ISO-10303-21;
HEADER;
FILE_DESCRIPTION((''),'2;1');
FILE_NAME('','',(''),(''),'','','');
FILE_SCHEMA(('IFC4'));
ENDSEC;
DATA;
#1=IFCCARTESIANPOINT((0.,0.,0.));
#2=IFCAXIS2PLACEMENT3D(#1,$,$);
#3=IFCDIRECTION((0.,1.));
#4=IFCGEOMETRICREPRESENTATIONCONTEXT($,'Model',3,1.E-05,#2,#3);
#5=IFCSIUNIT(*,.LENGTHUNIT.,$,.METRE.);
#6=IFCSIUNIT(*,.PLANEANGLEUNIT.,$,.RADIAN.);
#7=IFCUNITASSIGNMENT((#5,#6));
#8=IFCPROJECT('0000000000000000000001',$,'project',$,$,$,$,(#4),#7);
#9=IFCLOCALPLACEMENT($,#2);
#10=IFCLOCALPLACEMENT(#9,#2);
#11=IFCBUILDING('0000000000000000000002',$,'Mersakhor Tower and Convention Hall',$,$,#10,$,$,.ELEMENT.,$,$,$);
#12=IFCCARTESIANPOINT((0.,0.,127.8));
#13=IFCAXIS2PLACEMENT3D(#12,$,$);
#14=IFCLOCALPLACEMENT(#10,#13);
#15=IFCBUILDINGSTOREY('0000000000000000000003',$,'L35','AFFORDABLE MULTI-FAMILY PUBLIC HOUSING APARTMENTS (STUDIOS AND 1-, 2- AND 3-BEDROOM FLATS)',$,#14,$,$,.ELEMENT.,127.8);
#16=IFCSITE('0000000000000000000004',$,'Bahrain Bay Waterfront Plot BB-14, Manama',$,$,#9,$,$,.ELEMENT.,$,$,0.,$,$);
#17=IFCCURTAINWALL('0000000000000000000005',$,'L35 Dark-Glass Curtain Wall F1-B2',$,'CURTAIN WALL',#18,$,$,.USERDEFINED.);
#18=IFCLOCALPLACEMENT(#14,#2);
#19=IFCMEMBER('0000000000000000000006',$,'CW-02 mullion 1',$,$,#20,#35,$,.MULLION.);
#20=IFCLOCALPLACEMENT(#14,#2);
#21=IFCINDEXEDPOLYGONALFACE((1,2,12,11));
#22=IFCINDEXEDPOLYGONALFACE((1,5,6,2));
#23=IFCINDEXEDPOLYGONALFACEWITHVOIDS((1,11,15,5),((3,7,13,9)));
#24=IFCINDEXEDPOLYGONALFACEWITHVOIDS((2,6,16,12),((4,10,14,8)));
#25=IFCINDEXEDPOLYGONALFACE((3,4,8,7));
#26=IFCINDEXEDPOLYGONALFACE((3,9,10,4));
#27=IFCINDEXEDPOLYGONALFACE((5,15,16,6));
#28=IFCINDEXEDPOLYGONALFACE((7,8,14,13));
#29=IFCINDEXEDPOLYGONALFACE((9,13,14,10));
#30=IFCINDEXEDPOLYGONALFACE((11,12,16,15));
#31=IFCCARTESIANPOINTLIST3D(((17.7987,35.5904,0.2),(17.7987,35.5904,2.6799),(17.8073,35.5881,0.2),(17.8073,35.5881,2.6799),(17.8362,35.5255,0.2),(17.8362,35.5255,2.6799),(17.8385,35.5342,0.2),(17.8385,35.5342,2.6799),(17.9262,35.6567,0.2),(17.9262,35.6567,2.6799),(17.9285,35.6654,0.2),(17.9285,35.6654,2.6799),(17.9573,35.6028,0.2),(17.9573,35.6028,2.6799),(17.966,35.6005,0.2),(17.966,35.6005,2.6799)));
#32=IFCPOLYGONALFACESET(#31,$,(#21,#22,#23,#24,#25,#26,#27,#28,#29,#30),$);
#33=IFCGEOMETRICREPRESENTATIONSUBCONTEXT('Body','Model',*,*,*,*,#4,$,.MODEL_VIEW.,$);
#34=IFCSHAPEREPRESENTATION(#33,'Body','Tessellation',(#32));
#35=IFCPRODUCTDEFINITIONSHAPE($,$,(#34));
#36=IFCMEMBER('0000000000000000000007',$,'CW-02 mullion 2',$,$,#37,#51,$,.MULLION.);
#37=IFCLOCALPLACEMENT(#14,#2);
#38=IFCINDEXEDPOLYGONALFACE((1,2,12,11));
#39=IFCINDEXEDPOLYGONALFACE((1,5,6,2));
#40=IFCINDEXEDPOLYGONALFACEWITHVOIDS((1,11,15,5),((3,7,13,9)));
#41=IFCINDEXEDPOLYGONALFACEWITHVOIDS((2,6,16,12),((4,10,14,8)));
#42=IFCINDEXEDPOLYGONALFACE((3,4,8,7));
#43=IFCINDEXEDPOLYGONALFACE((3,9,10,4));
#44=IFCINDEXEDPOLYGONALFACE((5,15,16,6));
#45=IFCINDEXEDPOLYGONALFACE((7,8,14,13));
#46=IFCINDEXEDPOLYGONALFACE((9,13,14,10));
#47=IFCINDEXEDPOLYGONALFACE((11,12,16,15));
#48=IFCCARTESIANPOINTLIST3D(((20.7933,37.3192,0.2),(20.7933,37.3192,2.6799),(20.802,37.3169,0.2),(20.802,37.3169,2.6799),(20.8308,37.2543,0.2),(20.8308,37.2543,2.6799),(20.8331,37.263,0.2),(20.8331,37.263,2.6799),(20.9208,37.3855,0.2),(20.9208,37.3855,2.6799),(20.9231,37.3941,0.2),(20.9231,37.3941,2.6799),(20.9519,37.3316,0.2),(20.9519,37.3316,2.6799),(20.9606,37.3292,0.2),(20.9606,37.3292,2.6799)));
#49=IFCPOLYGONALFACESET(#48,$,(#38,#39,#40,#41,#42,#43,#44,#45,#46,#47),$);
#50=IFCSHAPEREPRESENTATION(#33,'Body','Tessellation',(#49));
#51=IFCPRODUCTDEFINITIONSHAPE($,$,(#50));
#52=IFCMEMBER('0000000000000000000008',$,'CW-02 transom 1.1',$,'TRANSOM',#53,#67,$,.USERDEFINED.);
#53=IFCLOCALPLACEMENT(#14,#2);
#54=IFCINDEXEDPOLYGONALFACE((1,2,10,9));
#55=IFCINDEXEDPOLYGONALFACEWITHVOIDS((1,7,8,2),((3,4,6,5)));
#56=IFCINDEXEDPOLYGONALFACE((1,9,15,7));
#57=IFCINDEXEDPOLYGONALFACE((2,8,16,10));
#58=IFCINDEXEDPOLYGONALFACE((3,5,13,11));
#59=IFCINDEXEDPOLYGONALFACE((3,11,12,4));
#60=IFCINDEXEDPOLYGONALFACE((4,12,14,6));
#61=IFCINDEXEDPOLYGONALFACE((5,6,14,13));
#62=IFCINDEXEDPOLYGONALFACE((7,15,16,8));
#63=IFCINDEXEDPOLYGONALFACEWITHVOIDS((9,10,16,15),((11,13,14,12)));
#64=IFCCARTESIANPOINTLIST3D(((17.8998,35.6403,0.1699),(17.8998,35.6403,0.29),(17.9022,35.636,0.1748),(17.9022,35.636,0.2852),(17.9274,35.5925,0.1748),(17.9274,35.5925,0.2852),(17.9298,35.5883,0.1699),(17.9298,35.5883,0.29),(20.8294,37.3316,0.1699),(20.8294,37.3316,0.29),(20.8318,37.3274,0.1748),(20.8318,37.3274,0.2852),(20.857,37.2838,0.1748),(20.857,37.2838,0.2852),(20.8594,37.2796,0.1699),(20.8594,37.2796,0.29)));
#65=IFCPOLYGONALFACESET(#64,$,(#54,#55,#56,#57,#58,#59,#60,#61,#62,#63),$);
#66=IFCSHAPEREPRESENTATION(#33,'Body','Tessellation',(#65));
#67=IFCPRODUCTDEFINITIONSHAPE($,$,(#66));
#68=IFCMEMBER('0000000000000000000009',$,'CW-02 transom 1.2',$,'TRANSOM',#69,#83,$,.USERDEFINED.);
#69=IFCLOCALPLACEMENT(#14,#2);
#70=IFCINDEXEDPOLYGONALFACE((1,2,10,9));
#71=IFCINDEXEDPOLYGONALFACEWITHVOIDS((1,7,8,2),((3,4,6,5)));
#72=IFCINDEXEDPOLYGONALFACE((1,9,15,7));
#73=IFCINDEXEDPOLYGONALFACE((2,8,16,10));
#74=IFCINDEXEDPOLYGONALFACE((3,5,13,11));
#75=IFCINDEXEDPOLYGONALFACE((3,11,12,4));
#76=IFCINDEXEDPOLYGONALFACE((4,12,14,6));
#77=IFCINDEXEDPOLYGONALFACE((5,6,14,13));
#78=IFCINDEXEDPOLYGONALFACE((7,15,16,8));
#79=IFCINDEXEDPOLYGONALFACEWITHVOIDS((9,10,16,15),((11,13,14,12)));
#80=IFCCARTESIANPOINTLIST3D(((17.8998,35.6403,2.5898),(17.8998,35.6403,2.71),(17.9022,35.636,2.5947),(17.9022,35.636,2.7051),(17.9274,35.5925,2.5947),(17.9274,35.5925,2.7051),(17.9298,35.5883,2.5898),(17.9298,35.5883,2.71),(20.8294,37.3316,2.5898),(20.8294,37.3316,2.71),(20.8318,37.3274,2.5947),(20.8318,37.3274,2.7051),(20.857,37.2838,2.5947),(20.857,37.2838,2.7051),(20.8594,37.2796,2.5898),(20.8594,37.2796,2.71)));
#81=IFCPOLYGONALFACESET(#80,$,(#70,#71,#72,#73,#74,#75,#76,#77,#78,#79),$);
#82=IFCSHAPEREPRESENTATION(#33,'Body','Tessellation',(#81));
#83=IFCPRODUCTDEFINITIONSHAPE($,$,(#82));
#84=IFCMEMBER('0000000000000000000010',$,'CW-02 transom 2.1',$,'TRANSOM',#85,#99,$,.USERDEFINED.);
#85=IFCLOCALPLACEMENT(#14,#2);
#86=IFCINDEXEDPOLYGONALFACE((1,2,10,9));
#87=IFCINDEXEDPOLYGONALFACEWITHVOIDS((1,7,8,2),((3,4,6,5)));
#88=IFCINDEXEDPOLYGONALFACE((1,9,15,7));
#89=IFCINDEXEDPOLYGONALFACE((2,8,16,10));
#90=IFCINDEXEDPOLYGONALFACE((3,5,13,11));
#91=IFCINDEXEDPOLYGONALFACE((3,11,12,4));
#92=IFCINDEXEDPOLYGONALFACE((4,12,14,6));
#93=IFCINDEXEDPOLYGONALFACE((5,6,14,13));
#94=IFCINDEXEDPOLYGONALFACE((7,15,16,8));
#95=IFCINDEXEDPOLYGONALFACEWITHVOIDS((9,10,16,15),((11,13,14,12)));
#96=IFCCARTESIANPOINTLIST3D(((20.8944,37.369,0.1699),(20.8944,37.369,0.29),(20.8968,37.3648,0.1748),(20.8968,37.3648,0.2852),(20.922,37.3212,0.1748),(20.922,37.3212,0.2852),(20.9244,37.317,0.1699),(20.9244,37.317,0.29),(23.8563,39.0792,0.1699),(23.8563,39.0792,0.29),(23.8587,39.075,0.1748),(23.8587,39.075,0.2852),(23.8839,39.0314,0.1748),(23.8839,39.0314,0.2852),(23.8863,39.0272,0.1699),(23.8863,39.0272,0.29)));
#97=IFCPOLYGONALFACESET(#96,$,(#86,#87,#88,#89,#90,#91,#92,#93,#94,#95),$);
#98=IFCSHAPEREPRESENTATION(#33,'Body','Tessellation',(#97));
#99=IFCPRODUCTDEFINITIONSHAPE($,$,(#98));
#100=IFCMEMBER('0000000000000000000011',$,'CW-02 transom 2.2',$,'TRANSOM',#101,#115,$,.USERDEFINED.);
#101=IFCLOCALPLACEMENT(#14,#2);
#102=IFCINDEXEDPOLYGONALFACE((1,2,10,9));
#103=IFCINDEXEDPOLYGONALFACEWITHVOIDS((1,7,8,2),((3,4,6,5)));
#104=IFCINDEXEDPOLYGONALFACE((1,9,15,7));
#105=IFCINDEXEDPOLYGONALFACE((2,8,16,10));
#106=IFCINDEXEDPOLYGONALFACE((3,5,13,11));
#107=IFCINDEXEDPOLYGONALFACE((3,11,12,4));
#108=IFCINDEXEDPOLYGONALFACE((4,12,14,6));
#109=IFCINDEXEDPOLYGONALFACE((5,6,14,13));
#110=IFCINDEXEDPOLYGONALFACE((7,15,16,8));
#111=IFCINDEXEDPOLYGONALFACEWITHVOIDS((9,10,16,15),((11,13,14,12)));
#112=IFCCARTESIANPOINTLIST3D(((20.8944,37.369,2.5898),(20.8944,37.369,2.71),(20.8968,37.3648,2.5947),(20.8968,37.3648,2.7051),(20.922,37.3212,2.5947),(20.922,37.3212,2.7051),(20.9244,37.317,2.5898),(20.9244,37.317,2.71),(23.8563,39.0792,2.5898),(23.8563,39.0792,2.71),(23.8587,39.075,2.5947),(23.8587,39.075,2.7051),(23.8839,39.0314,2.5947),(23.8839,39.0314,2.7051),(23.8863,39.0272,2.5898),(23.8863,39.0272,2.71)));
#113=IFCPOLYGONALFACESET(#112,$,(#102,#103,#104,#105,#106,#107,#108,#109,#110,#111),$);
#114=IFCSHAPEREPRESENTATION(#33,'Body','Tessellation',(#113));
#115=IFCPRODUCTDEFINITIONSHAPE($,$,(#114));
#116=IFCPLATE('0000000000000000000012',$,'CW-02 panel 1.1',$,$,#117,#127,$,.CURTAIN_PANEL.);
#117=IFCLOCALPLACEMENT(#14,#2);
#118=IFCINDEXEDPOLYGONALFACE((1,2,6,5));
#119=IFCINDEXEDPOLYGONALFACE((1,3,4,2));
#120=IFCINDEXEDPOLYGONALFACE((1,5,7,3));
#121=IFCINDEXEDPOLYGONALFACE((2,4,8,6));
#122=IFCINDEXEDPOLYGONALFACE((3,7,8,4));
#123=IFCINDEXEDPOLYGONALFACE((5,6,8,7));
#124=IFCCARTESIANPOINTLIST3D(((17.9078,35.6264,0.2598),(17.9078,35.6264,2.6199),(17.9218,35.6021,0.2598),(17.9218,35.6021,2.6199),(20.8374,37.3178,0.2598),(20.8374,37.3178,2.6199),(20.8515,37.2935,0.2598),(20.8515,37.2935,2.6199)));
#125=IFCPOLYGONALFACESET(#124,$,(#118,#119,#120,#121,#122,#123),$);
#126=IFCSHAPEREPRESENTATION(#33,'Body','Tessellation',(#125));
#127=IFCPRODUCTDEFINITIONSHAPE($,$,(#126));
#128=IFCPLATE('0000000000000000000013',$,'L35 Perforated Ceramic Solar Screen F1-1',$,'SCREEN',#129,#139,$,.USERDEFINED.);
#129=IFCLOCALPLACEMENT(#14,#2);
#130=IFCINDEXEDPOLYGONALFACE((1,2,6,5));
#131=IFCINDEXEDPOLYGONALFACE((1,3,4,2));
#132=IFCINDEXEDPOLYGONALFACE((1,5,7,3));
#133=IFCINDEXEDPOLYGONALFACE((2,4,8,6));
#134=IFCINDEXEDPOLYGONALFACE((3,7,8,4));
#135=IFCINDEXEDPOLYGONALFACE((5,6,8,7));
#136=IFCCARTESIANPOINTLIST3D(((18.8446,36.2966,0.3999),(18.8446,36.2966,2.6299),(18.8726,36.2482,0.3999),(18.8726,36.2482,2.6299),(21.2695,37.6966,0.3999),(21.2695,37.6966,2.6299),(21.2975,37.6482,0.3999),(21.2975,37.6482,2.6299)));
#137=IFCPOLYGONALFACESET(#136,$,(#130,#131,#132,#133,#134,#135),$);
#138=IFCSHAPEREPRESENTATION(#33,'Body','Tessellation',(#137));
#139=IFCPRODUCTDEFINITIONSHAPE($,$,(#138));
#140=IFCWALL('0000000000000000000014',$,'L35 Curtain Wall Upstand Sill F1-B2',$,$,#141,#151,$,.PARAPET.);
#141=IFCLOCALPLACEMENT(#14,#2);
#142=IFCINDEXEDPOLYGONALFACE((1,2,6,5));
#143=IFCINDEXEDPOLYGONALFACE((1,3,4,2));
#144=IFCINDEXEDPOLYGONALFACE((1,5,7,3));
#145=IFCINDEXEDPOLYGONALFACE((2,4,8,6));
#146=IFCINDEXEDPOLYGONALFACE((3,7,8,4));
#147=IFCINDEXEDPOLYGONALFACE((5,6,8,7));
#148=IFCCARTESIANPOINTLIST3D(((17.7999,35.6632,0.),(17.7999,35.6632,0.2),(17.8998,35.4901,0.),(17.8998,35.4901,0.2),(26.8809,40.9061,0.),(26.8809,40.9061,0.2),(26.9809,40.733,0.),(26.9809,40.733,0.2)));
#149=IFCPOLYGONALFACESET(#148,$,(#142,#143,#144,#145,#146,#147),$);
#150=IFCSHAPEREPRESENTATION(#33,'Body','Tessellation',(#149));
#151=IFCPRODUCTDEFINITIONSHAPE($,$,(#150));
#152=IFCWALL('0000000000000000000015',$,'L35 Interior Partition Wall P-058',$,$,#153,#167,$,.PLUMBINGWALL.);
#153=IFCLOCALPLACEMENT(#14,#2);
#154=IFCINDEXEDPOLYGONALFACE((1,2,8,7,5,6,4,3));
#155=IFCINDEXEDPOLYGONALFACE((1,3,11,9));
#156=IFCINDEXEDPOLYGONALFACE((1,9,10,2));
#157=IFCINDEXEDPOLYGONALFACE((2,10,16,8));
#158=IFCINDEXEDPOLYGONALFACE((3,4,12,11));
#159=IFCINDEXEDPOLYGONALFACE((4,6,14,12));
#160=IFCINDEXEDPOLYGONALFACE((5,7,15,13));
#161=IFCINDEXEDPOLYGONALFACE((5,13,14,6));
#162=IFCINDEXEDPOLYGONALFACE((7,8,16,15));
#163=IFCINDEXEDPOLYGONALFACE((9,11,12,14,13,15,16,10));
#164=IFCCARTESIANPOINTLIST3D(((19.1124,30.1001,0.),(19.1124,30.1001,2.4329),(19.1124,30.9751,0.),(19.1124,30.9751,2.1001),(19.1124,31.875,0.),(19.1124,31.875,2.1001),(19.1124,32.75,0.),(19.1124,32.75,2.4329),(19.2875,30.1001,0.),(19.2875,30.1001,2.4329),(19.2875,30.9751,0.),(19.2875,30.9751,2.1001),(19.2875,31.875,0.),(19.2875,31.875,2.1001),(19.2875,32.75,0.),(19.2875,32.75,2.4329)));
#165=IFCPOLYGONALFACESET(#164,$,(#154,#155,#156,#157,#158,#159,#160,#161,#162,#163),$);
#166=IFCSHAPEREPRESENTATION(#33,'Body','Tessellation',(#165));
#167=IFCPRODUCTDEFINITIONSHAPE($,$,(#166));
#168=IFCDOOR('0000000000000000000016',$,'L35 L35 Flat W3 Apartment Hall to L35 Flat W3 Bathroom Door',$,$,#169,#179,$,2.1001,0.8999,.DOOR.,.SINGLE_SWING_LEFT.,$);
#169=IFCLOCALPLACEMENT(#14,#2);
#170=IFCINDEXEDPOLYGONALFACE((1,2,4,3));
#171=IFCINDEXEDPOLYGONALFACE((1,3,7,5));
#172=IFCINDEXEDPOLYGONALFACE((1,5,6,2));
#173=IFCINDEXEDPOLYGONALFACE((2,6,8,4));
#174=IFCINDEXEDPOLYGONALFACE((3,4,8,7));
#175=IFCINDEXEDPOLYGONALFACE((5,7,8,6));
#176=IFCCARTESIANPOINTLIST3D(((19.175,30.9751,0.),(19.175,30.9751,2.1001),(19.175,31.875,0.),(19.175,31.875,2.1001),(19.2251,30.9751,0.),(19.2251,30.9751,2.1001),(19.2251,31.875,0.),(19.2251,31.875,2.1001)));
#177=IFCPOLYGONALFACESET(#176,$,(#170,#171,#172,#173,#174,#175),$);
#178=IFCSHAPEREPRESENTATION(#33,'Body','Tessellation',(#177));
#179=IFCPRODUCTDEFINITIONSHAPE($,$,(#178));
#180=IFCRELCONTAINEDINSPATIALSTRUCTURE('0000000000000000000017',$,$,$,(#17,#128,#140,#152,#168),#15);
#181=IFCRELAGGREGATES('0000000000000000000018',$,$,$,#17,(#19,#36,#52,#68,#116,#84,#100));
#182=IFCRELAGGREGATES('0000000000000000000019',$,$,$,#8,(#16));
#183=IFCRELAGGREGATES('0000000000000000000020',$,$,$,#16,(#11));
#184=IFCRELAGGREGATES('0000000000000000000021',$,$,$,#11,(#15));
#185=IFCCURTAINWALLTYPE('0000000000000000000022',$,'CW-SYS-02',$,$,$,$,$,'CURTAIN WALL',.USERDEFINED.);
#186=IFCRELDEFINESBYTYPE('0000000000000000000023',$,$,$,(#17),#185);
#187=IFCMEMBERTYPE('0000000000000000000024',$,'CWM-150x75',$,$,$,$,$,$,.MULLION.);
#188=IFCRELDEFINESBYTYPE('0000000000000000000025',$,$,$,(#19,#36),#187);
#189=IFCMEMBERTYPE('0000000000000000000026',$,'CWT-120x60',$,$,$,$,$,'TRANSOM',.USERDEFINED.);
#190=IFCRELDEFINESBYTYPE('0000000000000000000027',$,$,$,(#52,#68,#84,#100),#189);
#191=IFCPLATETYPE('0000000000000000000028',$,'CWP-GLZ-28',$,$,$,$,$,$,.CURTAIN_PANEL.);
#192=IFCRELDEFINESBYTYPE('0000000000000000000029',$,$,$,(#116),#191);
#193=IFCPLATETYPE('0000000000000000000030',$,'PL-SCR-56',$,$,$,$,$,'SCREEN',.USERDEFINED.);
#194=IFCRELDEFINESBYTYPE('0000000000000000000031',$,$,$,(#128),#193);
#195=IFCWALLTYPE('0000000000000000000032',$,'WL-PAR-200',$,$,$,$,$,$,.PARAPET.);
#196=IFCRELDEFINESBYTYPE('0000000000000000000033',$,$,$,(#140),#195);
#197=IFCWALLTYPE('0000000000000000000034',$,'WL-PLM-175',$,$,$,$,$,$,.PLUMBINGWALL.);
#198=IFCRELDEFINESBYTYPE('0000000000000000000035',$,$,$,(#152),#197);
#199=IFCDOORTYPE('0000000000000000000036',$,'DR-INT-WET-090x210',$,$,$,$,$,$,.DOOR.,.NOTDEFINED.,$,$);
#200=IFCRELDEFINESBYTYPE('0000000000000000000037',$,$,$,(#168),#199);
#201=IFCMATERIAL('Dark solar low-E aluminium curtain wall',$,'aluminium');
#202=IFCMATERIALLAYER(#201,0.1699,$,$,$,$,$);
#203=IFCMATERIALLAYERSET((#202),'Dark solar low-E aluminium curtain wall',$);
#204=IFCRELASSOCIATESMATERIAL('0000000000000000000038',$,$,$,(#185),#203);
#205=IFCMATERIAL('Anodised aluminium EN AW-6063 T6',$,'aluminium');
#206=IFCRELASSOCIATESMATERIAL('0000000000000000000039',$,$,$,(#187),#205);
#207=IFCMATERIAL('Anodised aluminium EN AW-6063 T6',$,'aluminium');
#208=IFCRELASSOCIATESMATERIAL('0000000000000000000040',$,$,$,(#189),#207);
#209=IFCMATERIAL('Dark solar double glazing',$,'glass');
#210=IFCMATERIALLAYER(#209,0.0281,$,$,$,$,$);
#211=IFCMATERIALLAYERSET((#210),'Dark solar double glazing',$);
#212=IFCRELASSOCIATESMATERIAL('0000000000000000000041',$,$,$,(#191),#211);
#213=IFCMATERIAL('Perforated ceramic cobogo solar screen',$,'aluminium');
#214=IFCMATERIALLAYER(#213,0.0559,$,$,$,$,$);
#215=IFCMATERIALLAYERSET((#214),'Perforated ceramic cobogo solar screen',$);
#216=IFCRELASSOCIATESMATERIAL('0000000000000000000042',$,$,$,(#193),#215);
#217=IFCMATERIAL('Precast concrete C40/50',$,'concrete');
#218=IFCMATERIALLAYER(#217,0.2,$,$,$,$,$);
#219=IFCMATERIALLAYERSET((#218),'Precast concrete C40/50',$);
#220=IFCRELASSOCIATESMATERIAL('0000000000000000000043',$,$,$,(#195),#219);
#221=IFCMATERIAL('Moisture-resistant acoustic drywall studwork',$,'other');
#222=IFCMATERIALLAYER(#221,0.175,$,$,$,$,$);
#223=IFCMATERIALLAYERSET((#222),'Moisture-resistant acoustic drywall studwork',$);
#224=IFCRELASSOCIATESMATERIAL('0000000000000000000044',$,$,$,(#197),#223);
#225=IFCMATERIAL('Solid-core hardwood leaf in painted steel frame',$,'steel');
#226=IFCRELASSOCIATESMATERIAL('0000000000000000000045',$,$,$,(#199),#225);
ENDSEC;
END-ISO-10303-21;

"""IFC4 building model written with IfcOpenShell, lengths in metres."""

from ifc_helpers import new_model, si_unit, direction, frame, frame_2d, origin, origin_2d, place, context, subcontext, project, spatial, rectangle, hollow_rectangle, extrude, material, layer, layer_set, material_profile, profile_set, type_object, element, fill, aggregate, save


model = new_model("IFC4")

# Units and contexts
model_context = context("Model", 3, precision=1e-05, world=origin(), true_north=direction((0.0, 1.0)))
body_context = subcontext(model_context, "Body", "Model", "MODEL_VIEW")
ifc_project = project(units=[si_unit("LENGTHUNIT", "METRE"), si_unit("PLANEANGLEUNIT", "RADIAN")], contexts=[model_context])

# Site, building, storey
site_placement = place(None, origin())
site = spatial("IfcSite", under=ifc_project, at=site_placement, Name="Bahrain Bay Waterfront Plot BB-14, Manama", CompositionType="ELEMENT", RefElevation=0.0)
building_placement = place(site_placement, origin())
building = spatial("IfcBuilding", under=site, at=building_placement, Name="Mersakhor Tower and Convention Hall", CompositionType="ELEMENT")
storey_placement = place(building_placement, frame((0.0, 0.0, 127.8)))
storey = spatial("IfcBuildingStorey", under=building, at=storey_placement, Name="L35", Description="AFFORDABLE MULTI-FAMILY PUBLIC HOUSING APARTMENTS (STUDIOS AND 1-, 2- AND 3-BEDROOM FLATS)", CompositionType="ELEMENT", Elevation=127.8)

# Curtain wall, members, plate
ifc_material_1 = material(Name="Dark solar low-E aluminium curtain wall", Category="aluminium")
ifc_layer_1 = layer(ifc_material_1, 0.1699)
ifc_layer_set_1 = layer_set([ifc_layer_1], Name="Dark solar low-E aluminium curtain wall")
curtain_wall_type = type_object("IfcCurtainWallType", Name="CW-SYS-02", ElementType="CURTAIN WALL", PredefinedType="USERDEFINED", material=ifc_layer_set_1)
curtain_wall_placement = place(storey_placement, origin())
curtain_wall = element("IfcCurtainWall", 1, at=curtain_wall_placement, inside=storey, type_object=curtain_wall_type, Name="L35 Dark-Glass Curtain Wall F1-B2", ObjectType="CURTAIN WALL", PredefinedType="USERDEFINED")
ifc_material_2 = material(Name="Anodised aluminium EN AW-6063 T6", Category="aluminium")
ifc_material_profile_1 = material_profile(ifc_material_2, hollow_rectangle(XDim=0.075, YDim=0.1499, WallThickness=0.0063, at=origin_2d()), Name="RHS 150x75x6.3")
ifc_profile_set_1 = profile_set([ifc_material_profile_1], Name="Anodised aluminium EN AW-6063 T6")
member_type_1 = type_object("IfcMemberType", Name="CWM-150x75", PredefinedType="MULLION", material=ifc_profile_set_1)
member_1_placement = place(storey_placement, frame((17.8823, 35.5955, 0.2), z_axis=(0.0, 0.0, 1.0), x_axis=(-0.49999, 0.866031, 0.0)))
member_1 = element("IfcMember", 2, at=member_1_placement, type_object=member_type_1, Name="CW-02 mullion 1", PredefinedType="MULLION", context=body_context, shape_type="SweptSolid", body=[
    extrude(hollow_rectangle(XDim=0.075, YDim=0.1499, WallThickness=0.0063, at=origin_2d()), origin(), (0.0, 0.0, 1.0), 2.48),
])
member_2_placement = place(storey_placement, frame((20.877, 37.3242, 0.2), z_axis=(0.0, 0.0, 1.0), x_axis=(-0.49999, 0.866031, 0.0)))
member_2 = element("IfcMember", 3, at=member_2_placement, type_object=member_type_1, Name="CW-02 mullion 2", PredefinedType="MULLION", context=body_context, shape_type="SweptSolid", body=[
    extrude(hollow_rectangle(XDim=0.075, YDim=0.1499, WallThickness=0.0063, at=origin_2d()), origin(), (0.0, 0.0, 1.0), 2.48),
])
ifc_material_3 = material(Name="Anodised aluminium EN AW-6063 T6", Category="aluminium")
ifc_material_profile_2 = material_profile(ifc_material_3, hollow_rectangle(XDim=0.0601, YDim=0.1201, WallThickness=0.0049, at=origin_2d()), Name="RHS 120x60x5")
ifc_profile_set_2 = profile_set([ifc_material_profile_2], Name="Anodised aluminium EN AW-6063 T6")
member_type_2 = type_object("IfcMemberType", Name="CWT-120x60", ElementType="TRANSOM", PredefinedType="USERDEFINED", material=ifc_profile_set_2)
member_3_placement = place(storey_placement, frame((17.9148, 35.6143, 0.23), z_axis=(0.866032, 0.499989, 0.0), x_axis=(-0.499989, 0.866032, 0.0)))
member_3 = element("IfcMember", 4, at=member_3_placement, type_object=member_type_2, Name="CW-02 transom 1.1", ObjectType="TRANSOM", PredefinedType="USERDEFINED", context=body_context, shape_type="SweptSolid", body=[
    extrude(hollow_rectangle(XDim=0.0601, YDim=0.1201, WallThickness=0.0049, at=origin_2d()), origin(), (0.0, 0.0, 1.0), 3.3828),
])
member_4_placement = place(storey_placement, frame((17.9148, 35.6143, 2.6499), z_axis=(0.866032, 0.499989, 0.0), x_axis=(-0.499989, 0.866032, 0.0)))
member_4 = element("IfcMember", 5, at=member_4_placement, type_object=member_type_2, Name="CW-02 transom 1.2", ObjectType="TRANSOM", PredefinedType="USERDEFINED", context=body_context, shape_type="SweptSolid", body=[
    extrude(hollow_rectangle(XDim=0.0601, YDim=0.1201, WallThickness=0.0049, at=origin_2d()), origin(), (0.0, 0.0, 1.0), 3.3828),
])
member_5_placement = place(storey_placement, frame((20.9094, 37.343, 0.23), z_axis=(0.866007, 0.500031, 0.0), x_axis=(-0.500031, 0.866007, 0.0)))
member_5 = element("IfcMember", 6, at=member_5_placement, type_object=member_type_2, Name="CW-02 transom 2.1", ObjectType="TRANSOM", PredefinedType="USERDEFINED", context=body_context, shape_type="SweptSolid", body=[
    extrude(hollow_rectangle(XDim=0.0601, YDim=0.1201, WallThickness=0.0049, at=origin_2d()), origin(), (0.0, 0.0, 1.0), 3.4202),
])
member_6_placement = place(storey_placement, frame((20.9094, 37.343, 2.6499), z_axis=(0.866007, 0.500031, 0.0), x_axis=(-0.500031, 0.866007, 0.0)))
member_6 = element("IfcMember", 7, at=member_6_placement, type_object=member_type_2, Name="CW-02 transom 2.2", ObjectType="TRANSOM", PredefinedType="USERDEFINED", context=body_context, shape_type="SweptSolid", body=[
    extrude(hollow_rectangle(XDim=0.0601, YDim=0.1201, WallThickness=0.0049, at=origin_2d()), origin(), (0.0, 0.0, 1.0), 3.4202),
])
ifc_material_4 = material(Name="Dark solar double glazing", Category="glass")
ifc_layer_2 = layer(ifc_material_4, 0.0281)
ifc_layer_set_2 = layer_set([ifc_layer_2], Name="Dark solar double glazing")
plate_type_1 = type_object("IfcPlateType", Name="CWP-GLZ-28", PredefinedType="CURTAIN_PANEL", material=ifc_layer_set_2)
plate_1_placement = place(storey_placement, frame((19.3796, 36.46, 0.2598), z_axis=(0.0, 0.0, 1.0), x_axis=(0.866031, 0.49999, 0.0)))
plate_1 = element("IfcPlate", 8, at=plate_1_placement, type_object=plate_type_1, Name="CW-02 panel 1.1", PredefinedType="CURTAIN_PANEL", context=body_context, shape_type="SweptSolid", body=[
    extrude(rectangle(XDim=3.3828, YDim=0.0281, at=origin_2d()), origin(), (0.0, 0.0, 1.0), 2.3601),
])
aggregate(curtain_wall, [member_1, member_2, member_3, member_4, plate_1, member_5, member_6])

# Plate
ifc_material_5 = material(Name="Perforated ceramic cobogo solar screen", Category="aluminium")
ifc_layer_3 = layer(ifc_material_5, 0.0559)
ifc_layer_set_3 = layer_set([ifc_layer_3], Name="Perforated ceramic cobogo solar screen")
plate_type_2 = type_object("IfcPlateType", Name="PL-SCR-56", ElementType="SCREEN", PredefinedType="USERDEFINED", material=ifc_layer_set_3)
plate_2_placement = place(storey_placement, frame((20.071, 36.9724, 0.3999), z_axis=(0.0, 0.0, 1.0), x_axis=(0.866025, 0.5, 0.0)))
element("IfcPlate", 9, at=plate_2_placement, inside=storey, type_object=plate_type_2, Name="L35 Perforated Ceramic Solar Screen F1-1", ObjectType="SCREEN", PredefinedType="USERDEFINED", context=body_context, shape_type="SweptSolid", body=[
    extrude(rectangle(XDim=2.8, YDim=0.0559, at=origin_2d()), origin(), (0.0, 0.0, 1.0), 2.23),
])

# Wall
ifc_material_6 = material(Name="Precast concrete C40/50", Category="concrete")
ifc_layer_4 = layer(ifc_material_6, 0.2)
ifc_layer_set_4 = layer_set([ifc_layer_4], Name="Precast concrete C40/50")
wall_type_1 = type_object("IfcWallType", Name="WL-PAR-200", PredefinedType="PARAPET", material=ifc_layer_set_4)
wall_1_placement = place(storey_placement, frame((17.8499, 35.5767, 0.0), z_axis=(0.0, 0.0, 1.0), x_axis=(0.866027, 0.499998, 0.0)))
element("IfcWall", 10, at=wall_1_placement, inside=storey, type_object=wall_type_1, Name="L35 Curtain Wall Upstand Sill F1-B2", PredefinedType="PARAPET", context=body_context, shape_type="SweptSolid", body=[
    extrude(rectangle(XDim=10.4858, YDim=0.2, at=frame_2d((5.2429, 0.0))), origin(), (0.0, 0.0, 1.0), 0.2),
])

# Wall, opening, door
ifc_material_7 = material(Name="Moisture-resistant acoustic drywall studwork", Category="other")
ifc_layer_5 = layer(ifc_material_7, 0.175)
ifc_layer_set_5 = layer_set([ifc_layer_5], Name="Moisture-resistant acoustic drywall studwork")
wall_type_2 = type_object("IfcWallType", Name="WL-PLM-175", PredefinedType="PLUMBINGWALL", material=ifc_layer_set_5)
wall_2_placement = place(storey_placement, frame((19.2, 30.1001, 0.0), z_axis=(0.0, 0.0, 1.0), x_axis=(0.0, 1.0, 0.0)))
wall_2 = element("IfcWall", 11, at=wall_2_placement, inside=storey, type_object=wall_type_2, Name="L35 Interior Partition Wall P-058", PredefinedType="PLUMBINGWALL", context=body_context, shape_type="SweptSolid", body=[
    extrude(rectangle(XDim=2.6499, YDim=0.175, at=frame_2d((1.325, 0.0))), origin(), (0.0, 0.0, 1.0), 2.4329),
])
opening_1_placement = place(wall_2_placement, frame((0.875, 0.0, 0.0)))
opening_1 = element("IfcOpeningElement", 12, at=opening_1_placement, cuts=wall_2, PredefinedType="OPENING", context=body_context, shape_type="SweptSolid", body=[
    extrude(rectangle(XDim=0.8999, YDim=2.1001, at=frame_2d((0.45, 1.05))), frame((0.0, 0.0974, 0.0), z_axis=(0.0, -1.0, 0.0), x_axis=(1.0, 0.0, 0.0)), (0.0, 0.0, 1.0), 0.1951),
])
ifc_material_8 = material(Name="Solid-core hardwood leaf in painted steel frame", Category="steel")
door_type_1 = type_object("IfcDoorType", Name="DR-INT-WET-090x210", OperationType="NOTDEFINED", PredefinedType="DOOR", material=ifc_material_8)
door_1_placement = place(opening_1_placement, origin())
door_1 = element("IfcDoor", 13, at=door_1_placement, inside=storey, type_object=door_type_1, Name="L35 L35 Flat W3 Apartment Hall to L35 Flat W3 Bathroom Door", OperationType="SINGLE_SWING_LEFT", OverallHeight=2.1001, OverallWidth=0.8999, PredefinedType="DOOR", context=body_context, shape_type="SweptSolid", body=[
    extrude(rectangle(XDim=0.8999, YDim=2.1001, at=frame_2d((0.45, 1.05))), frame((0.0, 0.0249, 0.0), z_axis=(0.0, -1.0, 0.0), x_axis=(1.0, 0.0, 0.0)), (0.0, 0.0, 1.0), 0.05),
])
fill(opening_1, door_1)

save(model, "model.ifc")
